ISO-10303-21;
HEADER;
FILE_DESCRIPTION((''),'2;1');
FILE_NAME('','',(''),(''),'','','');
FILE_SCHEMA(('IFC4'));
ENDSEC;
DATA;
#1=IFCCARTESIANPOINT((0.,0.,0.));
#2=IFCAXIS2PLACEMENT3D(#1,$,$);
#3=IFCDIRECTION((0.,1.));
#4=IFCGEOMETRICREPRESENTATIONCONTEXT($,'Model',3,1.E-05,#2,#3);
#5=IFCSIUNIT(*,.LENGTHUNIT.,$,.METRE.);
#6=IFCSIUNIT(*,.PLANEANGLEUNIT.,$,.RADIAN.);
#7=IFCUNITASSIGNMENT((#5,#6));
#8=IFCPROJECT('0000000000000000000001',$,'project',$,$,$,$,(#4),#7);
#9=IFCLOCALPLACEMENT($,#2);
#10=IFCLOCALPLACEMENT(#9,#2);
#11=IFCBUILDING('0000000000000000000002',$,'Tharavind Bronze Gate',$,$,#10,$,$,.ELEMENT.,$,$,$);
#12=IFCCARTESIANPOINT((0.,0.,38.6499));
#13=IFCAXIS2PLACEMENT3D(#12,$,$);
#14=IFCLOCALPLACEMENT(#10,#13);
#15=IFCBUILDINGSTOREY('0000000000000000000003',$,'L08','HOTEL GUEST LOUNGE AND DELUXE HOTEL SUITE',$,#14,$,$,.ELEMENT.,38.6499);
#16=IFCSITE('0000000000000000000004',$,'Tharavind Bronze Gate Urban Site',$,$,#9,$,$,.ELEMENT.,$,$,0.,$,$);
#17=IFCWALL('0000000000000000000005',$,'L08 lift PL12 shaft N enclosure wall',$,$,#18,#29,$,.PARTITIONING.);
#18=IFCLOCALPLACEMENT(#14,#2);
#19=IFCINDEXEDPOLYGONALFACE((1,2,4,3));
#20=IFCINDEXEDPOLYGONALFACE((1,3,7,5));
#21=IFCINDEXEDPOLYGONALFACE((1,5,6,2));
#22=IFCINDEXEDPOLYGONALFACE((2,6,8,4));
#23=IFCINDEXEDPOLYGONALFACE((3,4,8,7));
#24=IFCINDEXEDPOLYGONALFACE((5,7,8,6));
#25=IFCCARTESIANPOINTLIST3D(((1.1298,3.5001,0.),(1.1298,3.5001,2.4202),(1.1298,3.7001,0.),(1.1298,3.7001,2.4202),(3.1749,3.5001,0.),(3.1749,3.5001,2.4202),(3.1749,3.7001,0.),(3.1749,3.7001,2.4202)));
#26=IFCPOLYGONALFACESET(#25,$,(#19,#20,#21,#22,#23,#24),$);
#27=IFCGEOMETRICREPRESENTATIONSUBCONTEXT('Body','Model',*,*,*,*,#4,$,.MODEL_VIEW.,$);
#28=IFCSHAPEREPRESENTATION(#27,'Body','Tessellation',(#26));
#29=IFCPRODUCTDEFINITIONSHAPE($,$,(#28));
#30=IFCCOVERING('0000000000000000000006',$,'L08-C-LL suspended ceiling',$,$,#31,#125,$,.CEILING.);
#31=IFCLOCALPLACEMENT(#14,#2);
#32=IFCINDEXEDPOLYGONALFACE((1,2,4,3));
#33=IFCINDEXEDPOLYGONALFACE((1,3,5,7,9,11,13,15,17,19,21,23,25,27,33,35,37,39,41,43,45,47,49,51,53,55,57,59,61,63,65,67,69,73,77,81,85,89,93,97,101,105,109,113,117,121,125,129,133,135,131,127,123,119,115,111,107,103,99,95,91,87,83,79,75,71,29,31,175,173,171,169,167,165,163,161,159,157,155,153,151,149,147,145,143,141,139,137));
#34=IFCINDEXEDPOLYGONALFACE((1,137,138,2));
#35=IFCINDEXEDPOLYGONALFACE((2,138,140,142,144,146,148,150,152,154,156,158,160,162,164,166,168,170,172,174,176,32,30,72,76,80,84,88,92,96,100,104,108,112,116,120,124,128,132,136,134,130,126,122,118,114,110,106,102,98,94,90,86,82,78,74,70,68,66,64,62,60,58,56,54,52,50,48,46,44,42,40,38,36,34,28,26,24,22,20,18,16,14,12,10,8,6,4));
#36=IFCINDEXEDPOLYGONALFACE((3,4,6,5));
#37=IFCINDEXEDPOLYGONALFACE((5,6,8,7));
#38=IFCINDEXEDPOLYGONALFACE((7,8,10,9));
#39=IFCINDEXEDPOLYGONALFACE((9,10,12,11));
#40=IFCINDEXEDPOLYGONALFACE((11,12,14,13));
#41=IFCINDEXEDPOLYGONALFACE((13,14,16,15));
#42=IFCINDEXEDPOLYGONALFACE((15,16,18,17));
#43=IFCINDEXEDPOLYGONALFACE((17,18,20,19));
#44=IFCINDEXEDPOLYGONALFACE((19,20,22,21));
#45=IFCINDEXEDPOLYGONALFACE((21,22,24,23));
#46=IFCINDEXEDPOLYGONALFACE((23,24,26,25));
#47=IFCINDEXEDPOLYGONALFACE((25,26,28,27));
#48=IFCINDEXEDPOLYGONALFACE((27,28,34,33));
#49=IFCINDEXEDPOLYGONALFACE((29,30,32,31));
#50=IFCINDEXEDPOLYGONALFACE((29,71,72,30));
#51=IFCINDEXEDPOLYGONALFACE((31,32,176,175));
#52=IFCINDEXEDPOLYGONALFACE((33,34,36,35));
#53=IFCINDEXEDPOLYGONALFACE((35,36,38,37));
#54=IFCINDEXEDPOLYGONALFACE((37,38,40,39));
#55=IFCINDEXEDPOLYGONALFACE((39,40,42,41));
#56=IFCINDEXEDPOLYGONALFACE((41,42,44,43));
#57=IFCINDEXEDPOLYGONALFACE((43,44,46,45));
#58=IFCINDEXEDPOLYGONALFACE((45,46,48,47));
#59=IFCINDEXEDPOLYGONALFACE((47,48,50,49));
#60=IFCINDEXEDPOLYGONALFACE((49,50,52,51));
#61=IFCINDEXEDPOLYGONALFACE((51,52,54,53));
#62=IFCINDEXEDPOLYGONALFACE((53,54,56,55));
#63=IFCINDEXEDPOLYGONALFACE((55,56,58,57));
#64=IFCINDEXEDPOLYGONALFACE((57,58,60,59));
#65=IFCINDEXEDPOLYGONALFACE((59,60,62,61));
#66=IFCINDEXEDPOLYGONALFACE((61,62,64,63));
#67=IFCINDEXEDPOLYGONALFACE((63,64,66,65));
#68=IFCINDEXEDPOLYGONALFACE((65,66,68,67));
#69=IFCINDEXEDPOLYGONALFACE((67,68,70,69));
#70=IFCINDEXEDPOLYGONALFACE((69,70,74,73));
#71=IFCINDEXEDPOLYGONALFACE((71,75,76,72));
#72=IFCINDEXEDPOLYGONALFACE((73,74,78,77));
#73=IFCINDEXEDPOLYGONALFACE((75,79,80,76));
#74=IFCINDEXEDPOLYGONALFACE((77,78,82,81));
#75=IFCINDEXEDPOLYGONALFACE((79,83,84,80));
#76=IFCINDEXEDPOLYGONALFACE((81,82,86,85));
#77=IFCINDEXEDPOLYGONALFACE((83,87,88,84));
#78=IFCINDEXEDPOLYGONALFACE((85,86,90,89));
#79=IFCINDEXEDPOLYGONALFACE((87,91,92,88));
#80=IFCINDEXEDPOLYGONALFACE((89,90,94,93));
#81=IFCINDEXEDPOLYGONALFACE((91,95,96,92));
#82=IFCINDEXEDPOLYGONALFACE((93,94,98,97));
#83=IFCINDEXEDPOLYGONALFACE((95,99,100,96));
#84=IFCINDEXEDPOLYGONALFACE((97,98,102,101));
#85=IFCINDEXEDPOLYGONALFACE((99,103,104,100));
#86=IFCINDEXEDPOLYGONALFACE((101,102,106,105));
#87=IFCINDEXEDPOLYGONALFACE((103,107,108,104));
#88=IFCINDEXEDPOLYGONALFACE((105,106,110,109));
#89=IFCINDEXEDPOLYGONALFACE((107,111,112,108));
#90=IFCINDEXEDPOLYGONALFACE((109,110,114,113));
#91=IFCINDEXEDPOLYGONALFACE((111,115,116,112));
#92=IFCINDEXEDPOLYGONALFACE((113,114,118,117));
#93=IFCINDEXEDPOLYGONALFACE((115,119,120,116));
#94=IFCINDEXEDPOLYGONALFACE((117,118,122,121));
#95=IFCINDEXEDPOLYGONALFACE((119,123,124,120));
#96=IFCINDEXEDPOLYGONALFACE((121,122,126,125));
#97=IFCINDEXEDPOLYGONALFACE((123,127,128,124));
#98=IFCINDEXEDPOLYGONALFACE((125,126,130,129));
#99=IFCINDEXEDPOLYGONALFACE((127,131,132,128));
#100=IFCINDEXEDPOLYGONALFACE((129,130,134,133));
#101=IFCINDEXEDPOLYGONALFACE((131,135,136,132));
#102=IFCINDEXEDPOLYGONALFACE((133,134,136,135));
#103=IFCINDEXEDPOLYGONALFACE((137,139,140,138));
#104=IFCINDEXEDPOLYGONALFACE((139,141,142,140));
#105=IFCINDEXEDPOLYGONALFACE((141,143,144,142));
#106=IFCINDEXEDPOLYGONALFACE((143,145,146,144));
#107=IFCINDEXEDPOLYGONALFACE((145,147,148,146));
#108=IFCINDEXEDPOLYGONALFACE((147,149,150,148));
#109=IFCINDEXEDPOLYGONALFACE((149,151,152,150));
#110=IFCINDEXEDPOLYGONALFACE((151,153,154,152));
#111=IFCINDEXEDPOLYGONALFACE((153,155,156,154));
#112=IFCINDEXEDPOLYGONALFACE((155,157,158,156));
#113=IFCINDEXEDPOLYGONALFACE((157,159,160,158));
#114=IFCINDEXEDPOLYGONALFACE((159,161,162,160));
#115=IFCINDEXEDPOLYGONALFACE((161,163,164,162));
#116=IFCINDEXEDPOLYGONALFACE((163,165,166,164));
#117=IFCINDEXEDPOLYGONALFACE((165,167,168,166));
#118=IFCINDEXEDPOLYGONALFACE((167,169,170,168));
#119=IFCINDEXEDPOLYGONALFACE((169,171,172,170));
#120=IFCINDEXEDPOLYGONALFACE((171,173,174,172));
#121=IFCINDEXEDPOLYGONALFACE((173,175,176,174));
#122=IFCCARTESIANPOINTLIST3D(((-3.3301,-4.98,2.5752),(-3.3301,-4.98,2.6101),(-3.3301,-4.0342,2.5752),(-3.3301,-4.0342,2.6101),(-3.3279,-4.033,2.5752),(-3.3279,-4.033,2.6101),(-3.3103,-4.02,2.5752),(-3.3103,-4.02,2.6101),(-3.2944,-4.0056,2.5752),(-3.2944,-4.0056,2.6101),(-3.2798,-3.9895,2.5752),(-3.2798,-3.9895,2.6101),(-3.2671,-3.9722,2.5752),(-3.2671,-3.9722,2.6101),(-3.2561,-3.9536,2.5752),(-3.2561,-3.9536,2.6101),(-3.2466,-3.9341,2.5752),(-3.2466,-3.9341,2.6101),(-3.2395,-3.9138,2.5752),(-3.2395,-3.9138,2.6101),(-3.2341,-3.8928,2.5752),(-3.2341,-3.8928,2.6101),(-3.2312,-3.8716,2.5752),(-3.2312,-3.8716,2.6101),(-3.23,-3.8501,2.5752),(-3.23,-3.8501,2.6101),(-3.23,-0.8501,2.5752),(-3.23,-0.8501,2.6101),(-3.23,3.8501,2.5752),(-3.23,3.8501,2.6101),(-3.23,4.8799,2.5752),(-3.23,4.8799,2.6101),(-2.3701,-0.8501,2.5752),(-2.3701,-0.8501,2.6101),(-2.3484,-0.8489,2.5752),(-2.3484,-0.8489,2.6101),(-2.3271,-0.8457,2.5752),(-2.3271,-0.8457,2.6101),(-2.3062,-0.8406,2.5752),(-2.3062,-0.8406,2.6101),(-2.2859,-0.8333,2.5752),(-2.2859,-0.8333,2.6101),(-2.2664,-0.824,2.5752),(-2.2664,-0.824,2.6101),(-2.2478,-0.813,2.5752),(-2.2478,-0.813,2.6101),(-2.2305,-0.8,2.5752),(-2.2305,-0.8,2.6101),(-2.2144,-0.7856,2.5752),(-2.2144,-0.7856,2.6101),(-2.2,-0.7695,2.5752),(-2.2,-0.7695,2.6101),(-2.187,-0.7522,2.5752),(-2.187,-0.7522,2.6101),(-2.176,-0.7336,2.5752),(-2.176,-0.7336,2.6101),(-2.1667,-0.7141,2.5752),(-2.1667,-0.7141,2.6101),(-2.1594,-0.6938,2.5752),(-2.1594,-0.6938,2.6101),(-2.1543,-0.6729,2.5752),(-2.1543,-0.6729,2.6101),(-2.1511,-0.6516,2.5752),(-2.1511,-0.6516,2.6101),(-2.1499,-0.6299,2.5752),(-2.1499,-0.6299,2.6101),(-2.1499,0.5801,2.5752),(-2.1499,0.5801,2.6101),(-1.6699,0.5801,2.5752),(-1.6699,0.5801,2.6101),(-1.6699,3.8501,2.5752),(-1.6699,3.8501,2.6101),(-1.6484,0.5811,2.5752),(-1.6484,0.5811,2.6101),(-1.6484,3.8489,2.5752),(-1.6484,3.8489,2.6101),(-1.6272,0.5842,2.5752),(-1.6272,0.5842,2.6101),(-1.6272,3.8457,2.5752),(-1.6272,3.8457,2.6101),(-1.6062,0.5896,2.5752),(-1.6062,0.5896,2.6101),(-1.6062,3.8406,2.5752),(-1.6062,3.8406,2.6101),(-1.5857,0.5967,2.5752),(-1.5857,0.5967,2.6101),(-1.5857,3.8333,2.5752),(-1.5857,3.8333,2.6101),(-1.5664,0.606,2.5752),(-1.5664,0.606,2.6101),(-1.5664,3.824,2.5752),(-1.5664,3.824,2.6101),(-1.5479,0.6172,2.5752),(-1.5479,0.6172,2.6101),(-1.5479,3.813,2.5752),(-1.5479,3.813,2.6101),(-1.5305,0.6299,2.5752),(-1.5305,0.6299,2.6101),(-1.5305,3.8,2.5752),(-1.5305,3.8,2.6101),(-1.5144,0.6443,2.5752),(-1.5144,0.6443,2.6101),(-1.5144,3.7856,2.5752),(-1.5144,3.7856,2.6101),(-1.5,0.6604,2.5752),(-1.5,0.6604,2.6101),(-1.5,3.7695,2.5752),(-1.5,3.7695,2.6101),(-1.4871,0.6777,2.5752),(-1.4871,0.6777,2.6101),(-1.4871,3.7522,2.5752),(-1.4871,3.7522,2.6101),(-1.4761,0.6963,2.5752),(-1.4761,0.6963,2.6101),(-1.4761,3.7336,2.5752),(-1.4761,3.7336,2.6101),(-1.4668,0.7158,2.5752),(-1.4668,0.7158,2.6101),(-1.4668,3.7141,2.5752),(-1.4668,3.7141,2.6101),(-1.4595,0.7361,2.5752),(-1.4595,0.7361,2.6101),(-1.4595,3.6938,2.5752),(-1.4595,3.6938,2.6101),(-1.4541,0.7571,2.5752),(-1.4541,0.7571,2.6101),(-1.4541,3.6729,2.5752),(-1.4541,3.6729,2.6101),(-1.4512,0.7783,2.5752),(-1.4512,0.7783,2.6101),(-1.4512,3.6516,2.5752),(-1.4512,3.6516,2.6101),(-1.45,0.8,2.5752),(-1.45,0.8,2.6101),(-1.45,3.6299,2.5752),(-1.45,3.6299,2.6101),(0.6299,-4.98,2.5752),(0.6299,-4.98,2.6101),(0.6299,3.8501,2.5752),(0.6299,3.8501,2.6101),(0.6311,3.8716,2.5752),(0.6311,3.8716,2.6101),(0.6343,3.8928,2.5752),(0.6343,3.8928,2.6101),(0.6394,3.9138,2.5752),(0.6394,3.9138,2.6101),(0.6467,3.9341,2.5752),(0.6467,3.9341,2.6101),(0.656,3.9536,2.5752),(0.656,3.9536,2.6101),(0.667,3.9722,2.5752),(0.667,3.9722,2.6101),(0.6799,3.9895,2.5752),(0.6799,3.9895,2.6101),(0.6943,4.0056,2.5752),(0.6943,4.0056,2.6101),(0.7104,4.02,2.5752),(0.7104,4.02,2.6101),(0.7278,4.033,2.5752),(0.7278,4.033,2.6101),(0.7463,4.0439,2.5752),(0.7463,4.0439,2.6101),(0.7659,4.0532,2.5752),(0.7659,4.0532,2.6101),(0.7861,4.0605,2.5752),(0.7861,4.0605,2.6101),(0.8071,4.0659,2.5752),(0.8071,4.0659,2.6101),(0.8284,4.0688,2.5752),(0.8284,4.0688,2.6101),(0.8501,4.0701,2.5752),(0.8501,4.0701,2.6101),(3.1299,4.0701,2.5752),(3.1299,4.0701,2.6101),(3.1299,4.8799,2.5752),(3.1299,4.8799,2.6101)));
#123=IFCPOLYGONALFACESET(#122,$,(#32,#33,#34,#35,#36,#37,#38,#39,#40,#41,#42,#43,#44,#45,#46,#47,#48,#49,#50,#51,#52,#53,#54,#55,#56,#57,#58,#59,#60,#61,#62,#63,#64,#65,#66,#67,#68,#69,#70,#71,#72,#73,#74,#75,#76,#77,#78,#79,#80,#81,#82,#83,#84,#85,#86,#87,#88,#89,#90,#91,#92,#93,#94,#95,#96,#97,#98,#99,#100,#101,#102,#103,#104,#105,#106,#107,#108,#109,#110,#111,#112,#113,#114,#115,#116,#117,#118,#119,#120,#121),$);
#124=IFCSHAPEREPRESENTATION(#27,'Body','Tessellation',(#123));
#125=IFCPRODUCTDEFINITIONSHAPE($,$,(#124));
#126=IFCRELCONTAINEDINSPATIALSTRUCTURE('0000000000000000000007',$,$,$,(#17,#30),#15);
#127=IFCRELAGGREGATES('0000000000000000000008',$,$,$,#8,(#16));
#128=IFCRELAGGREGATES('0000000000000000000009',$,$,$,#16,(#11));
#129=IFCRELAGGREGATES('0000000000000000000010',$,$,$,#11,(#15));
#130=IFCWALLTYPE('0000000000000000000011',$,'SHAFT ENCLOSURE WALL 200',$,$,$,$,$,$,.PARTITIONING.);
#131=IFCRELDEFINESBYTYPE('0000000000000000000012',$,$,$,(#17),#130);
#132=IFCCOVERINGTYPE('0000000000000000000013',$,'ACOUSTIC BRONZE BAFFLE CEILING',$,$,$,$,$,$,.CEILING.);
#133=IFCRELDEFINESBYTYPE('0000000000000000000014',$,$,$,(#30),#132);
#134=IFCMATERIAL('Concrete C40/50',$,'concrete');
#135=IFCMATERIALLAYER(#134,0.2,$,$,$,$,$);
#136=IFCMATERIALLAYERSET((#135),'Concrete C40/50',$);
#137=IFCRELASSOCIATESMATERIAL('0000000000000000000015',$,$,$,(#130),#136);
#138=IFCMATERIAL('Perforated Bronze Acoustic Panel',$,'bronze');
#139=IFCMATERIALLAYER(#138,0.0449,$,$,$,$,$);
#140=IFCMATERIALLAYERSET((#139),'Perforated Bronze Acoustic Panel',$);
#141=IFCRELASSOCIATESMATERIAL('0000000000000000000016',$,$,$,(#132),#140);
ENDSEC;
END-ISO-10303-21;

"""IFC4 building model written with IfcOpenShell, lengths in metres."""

from ifc_helpers import new_model, si_unit, direction, frame, frame_2d, origin, place, context, subcontext, project, spatial, polyline, rectangle, outline, extrude, material, layer, layer_set, type_object, element, save


model = new_model("IFC4")

# Units and contexts
model_context = context("Model", 3, precision=1e-05, world=origin(), true_north=direction((0.0, 1.0)))
body_context = subcontext(model_context, "Body", "Model", "MODEL_VIEW")
ifc_project = project(units=[si_unit("LENGTHUNIT", "METRE"), si_unit("PLANEANGLEUNIT", "RADIAN")], contexts=[model_context])

# Site, building, storey
site_placement = place(None, origin())
site = spatial("IfcSite", under=ifc_project, at=site_placement, Name="Tharavind Bronze Gate Urban Site", CompositionType="ELEMENT", RefElevation=0.0)
building_placement = place(site_placement, origin())
building = spatial("IfcBuilding", under=site, at=building_placement, Name="Tharavind Bronze Gate", CompositionType="ELEMENT")
storey_placement = place(building_placement, frame((0.0, 0.0, 38.6499)))
storey = spatial("IfcBuildingStorey", under=building, at=storey_placement, Name="L08", Description="HOTEL GUEST LOUNGE AND DELUXE HOTEL SUITE", CompositionType="ELEMENT", Elevation=38.6499)

# Shared definitions
ifc_material_1 = material(Name="Concrete C40/50", Category="concrete")

# Wall
ifc_layer_1 = layer(ifc_material_1, 0.2)
ifc_layer_set_1 = layer_set([ifc_layer_1], Name="Concrete C40/50")
wall_type_1 = type_object("IfcWallType", Name="SHAFT ENCLOSURE WALL 200", PredefinedType="PARTITIONING", material=ifc_layer_set_1)
wall_1_placement = place(storey_placement, frame((1.1299, 3.6001, 0.0), z_axis=(0.0, 0.0, 1.0), x_axis=(1.0, 0.0, 0.0)))
element("IfcWall", 1, at=wall_1_placement, inside=storey, type_object=wall_type_1, Name="L08 lift PL12 shaft N enclosure wall", PredefinedType="PARTITIONING", context=body_context, shape_type="SweptSolid", body=[
    extrude(rectangle(XDim=2.0452, YDim=0.2, at=frame_2d((1.0225, 0.0))), origin(), (0.0, 0.0, 1.0), 2.4202),
])

# Covering
ifc_material_2 = material(Name="Perforated Bronze Acoustic Panel", Category="bronze")
ifc_layer_2 = layer(ifc_material_2, 0.0449)
ifc_layer_set_2 = layer_set([ifc_layer_2], Name="Perforated Bronze Acoustic Panel")
covering_type_1 = type_object("IfcCoveringType", Name="ACOUSTIC BRONZE BAFFLE CEILING", PredefinedType="CEILING", material=ifc_layer_set_2)
covering_1_placement = place(storey_placement, frame((0.0, 0.0, 2.5752)))
element("IfcCovering", 2, at=covering_1_placement, inside=storey, type_object=covering_type_1, Name="L08-C-LL suspended ceiling", PredefinedType="CEILING", context=body_context, shape_type="SweptSolid", body=[
    extrude(outline(polyline([(-3.3301, -4.98), (0.6299, -4.98), (0.6299, 3.8501), (0.6311, 3.8716), (0.6343, 3.8928), (0.6394, 3.9138), (0.6467, 3.9341), (0.656, 3.9536), (0.667, 3.9722), (0.6799, 3.9895), (0.6943, 4.0056), (0.7104, 4.02), (0.7278, 4.033), (0.7463, 4.0439), (0.7659, 4.0532), (0.7861, 4.0605), (0.8071, 4.0659), (0.8284, 4.0688), (0.8501, 4.0701), (3.1299, 4.0701), (3.1299, 4.8799), (-3.23, 4.8799), (-3.23, 3.8501), (-1.6699, 3.8501), (-1.6484, 3.8489), (-1.6272, 3.8457), (-1.6062, 3.8406), (-1.5857, 3.8333), (-1.5664, 3.824), (-1.5479, 3.813), (-1.5305, 3.8), (-1.5144, 3.7856), (-1.5, 3.7695), (-1.4871, 3.7522), (-1.4761, 3.7336), (-1.4668, 3.7141), (-1.4595, 3.6938), (-1.4541, 3.6729), (-1.4512, 3.6516), (-1.45, 3.6299), (-1.45, 0.8), (-1.4512, 0.7783), (-1.4541, 0.7571), (-1.4595, 0.7361), (-1.4668, 0.7158), (-1.4761, 0.6963), (-1.4871, 0.6777), (-1.5, 0.6604), (-1.5144, 0.6443), (-1.5305, 0.6299), (-1.5479, 0.6172), (-1.5664, 0.606), (-1.5857, 0.5967), (-1.6062, 0.5896), (-1.6272, 0.5842), (-1.6484, 0.5811), (-1.6699, 0.5801), (-2.1499, 0.5801), (-2.1499, -0.6299), (-2.1511, -0.6516), (-2.1543, -0.6729), (-2.1594, -0.6938), (-2.1667, -0.7141), (-2.176, -0.7336), (-2.187, -0.7522), (-2.2, -0.7695), (-2.2144, -0.7856), (-2.2305, -0.8), (-2.2478, -0.813), (-2.2664, -0.824), (-2.2859, -0.8333), (-2.3062, -0.8406), (-2.3271, -0.8457), (-2.3484, -0.8489), (-2.3701, -0.8501), (-3.23, -0.8501), (-3.23, -3.8501), (-3.2312, -3.8716), (-3.2341, -3.8928), (-3.2395, -3.9138), (-3.2466, -3.9341), (-3.2561, -3.9536), (-3.2671, -3.9722), (-3.2798, -3.9895), (-3.2944, -4.0056), (-3.3103, -4.02), (-3.3279, -4.033), (-3.3301, -4.0342), (-3.3301, -4.98)])), origin(), (0.0, 0.0, 1.0), 0.0349),
])

save(model, "model.ifc")
